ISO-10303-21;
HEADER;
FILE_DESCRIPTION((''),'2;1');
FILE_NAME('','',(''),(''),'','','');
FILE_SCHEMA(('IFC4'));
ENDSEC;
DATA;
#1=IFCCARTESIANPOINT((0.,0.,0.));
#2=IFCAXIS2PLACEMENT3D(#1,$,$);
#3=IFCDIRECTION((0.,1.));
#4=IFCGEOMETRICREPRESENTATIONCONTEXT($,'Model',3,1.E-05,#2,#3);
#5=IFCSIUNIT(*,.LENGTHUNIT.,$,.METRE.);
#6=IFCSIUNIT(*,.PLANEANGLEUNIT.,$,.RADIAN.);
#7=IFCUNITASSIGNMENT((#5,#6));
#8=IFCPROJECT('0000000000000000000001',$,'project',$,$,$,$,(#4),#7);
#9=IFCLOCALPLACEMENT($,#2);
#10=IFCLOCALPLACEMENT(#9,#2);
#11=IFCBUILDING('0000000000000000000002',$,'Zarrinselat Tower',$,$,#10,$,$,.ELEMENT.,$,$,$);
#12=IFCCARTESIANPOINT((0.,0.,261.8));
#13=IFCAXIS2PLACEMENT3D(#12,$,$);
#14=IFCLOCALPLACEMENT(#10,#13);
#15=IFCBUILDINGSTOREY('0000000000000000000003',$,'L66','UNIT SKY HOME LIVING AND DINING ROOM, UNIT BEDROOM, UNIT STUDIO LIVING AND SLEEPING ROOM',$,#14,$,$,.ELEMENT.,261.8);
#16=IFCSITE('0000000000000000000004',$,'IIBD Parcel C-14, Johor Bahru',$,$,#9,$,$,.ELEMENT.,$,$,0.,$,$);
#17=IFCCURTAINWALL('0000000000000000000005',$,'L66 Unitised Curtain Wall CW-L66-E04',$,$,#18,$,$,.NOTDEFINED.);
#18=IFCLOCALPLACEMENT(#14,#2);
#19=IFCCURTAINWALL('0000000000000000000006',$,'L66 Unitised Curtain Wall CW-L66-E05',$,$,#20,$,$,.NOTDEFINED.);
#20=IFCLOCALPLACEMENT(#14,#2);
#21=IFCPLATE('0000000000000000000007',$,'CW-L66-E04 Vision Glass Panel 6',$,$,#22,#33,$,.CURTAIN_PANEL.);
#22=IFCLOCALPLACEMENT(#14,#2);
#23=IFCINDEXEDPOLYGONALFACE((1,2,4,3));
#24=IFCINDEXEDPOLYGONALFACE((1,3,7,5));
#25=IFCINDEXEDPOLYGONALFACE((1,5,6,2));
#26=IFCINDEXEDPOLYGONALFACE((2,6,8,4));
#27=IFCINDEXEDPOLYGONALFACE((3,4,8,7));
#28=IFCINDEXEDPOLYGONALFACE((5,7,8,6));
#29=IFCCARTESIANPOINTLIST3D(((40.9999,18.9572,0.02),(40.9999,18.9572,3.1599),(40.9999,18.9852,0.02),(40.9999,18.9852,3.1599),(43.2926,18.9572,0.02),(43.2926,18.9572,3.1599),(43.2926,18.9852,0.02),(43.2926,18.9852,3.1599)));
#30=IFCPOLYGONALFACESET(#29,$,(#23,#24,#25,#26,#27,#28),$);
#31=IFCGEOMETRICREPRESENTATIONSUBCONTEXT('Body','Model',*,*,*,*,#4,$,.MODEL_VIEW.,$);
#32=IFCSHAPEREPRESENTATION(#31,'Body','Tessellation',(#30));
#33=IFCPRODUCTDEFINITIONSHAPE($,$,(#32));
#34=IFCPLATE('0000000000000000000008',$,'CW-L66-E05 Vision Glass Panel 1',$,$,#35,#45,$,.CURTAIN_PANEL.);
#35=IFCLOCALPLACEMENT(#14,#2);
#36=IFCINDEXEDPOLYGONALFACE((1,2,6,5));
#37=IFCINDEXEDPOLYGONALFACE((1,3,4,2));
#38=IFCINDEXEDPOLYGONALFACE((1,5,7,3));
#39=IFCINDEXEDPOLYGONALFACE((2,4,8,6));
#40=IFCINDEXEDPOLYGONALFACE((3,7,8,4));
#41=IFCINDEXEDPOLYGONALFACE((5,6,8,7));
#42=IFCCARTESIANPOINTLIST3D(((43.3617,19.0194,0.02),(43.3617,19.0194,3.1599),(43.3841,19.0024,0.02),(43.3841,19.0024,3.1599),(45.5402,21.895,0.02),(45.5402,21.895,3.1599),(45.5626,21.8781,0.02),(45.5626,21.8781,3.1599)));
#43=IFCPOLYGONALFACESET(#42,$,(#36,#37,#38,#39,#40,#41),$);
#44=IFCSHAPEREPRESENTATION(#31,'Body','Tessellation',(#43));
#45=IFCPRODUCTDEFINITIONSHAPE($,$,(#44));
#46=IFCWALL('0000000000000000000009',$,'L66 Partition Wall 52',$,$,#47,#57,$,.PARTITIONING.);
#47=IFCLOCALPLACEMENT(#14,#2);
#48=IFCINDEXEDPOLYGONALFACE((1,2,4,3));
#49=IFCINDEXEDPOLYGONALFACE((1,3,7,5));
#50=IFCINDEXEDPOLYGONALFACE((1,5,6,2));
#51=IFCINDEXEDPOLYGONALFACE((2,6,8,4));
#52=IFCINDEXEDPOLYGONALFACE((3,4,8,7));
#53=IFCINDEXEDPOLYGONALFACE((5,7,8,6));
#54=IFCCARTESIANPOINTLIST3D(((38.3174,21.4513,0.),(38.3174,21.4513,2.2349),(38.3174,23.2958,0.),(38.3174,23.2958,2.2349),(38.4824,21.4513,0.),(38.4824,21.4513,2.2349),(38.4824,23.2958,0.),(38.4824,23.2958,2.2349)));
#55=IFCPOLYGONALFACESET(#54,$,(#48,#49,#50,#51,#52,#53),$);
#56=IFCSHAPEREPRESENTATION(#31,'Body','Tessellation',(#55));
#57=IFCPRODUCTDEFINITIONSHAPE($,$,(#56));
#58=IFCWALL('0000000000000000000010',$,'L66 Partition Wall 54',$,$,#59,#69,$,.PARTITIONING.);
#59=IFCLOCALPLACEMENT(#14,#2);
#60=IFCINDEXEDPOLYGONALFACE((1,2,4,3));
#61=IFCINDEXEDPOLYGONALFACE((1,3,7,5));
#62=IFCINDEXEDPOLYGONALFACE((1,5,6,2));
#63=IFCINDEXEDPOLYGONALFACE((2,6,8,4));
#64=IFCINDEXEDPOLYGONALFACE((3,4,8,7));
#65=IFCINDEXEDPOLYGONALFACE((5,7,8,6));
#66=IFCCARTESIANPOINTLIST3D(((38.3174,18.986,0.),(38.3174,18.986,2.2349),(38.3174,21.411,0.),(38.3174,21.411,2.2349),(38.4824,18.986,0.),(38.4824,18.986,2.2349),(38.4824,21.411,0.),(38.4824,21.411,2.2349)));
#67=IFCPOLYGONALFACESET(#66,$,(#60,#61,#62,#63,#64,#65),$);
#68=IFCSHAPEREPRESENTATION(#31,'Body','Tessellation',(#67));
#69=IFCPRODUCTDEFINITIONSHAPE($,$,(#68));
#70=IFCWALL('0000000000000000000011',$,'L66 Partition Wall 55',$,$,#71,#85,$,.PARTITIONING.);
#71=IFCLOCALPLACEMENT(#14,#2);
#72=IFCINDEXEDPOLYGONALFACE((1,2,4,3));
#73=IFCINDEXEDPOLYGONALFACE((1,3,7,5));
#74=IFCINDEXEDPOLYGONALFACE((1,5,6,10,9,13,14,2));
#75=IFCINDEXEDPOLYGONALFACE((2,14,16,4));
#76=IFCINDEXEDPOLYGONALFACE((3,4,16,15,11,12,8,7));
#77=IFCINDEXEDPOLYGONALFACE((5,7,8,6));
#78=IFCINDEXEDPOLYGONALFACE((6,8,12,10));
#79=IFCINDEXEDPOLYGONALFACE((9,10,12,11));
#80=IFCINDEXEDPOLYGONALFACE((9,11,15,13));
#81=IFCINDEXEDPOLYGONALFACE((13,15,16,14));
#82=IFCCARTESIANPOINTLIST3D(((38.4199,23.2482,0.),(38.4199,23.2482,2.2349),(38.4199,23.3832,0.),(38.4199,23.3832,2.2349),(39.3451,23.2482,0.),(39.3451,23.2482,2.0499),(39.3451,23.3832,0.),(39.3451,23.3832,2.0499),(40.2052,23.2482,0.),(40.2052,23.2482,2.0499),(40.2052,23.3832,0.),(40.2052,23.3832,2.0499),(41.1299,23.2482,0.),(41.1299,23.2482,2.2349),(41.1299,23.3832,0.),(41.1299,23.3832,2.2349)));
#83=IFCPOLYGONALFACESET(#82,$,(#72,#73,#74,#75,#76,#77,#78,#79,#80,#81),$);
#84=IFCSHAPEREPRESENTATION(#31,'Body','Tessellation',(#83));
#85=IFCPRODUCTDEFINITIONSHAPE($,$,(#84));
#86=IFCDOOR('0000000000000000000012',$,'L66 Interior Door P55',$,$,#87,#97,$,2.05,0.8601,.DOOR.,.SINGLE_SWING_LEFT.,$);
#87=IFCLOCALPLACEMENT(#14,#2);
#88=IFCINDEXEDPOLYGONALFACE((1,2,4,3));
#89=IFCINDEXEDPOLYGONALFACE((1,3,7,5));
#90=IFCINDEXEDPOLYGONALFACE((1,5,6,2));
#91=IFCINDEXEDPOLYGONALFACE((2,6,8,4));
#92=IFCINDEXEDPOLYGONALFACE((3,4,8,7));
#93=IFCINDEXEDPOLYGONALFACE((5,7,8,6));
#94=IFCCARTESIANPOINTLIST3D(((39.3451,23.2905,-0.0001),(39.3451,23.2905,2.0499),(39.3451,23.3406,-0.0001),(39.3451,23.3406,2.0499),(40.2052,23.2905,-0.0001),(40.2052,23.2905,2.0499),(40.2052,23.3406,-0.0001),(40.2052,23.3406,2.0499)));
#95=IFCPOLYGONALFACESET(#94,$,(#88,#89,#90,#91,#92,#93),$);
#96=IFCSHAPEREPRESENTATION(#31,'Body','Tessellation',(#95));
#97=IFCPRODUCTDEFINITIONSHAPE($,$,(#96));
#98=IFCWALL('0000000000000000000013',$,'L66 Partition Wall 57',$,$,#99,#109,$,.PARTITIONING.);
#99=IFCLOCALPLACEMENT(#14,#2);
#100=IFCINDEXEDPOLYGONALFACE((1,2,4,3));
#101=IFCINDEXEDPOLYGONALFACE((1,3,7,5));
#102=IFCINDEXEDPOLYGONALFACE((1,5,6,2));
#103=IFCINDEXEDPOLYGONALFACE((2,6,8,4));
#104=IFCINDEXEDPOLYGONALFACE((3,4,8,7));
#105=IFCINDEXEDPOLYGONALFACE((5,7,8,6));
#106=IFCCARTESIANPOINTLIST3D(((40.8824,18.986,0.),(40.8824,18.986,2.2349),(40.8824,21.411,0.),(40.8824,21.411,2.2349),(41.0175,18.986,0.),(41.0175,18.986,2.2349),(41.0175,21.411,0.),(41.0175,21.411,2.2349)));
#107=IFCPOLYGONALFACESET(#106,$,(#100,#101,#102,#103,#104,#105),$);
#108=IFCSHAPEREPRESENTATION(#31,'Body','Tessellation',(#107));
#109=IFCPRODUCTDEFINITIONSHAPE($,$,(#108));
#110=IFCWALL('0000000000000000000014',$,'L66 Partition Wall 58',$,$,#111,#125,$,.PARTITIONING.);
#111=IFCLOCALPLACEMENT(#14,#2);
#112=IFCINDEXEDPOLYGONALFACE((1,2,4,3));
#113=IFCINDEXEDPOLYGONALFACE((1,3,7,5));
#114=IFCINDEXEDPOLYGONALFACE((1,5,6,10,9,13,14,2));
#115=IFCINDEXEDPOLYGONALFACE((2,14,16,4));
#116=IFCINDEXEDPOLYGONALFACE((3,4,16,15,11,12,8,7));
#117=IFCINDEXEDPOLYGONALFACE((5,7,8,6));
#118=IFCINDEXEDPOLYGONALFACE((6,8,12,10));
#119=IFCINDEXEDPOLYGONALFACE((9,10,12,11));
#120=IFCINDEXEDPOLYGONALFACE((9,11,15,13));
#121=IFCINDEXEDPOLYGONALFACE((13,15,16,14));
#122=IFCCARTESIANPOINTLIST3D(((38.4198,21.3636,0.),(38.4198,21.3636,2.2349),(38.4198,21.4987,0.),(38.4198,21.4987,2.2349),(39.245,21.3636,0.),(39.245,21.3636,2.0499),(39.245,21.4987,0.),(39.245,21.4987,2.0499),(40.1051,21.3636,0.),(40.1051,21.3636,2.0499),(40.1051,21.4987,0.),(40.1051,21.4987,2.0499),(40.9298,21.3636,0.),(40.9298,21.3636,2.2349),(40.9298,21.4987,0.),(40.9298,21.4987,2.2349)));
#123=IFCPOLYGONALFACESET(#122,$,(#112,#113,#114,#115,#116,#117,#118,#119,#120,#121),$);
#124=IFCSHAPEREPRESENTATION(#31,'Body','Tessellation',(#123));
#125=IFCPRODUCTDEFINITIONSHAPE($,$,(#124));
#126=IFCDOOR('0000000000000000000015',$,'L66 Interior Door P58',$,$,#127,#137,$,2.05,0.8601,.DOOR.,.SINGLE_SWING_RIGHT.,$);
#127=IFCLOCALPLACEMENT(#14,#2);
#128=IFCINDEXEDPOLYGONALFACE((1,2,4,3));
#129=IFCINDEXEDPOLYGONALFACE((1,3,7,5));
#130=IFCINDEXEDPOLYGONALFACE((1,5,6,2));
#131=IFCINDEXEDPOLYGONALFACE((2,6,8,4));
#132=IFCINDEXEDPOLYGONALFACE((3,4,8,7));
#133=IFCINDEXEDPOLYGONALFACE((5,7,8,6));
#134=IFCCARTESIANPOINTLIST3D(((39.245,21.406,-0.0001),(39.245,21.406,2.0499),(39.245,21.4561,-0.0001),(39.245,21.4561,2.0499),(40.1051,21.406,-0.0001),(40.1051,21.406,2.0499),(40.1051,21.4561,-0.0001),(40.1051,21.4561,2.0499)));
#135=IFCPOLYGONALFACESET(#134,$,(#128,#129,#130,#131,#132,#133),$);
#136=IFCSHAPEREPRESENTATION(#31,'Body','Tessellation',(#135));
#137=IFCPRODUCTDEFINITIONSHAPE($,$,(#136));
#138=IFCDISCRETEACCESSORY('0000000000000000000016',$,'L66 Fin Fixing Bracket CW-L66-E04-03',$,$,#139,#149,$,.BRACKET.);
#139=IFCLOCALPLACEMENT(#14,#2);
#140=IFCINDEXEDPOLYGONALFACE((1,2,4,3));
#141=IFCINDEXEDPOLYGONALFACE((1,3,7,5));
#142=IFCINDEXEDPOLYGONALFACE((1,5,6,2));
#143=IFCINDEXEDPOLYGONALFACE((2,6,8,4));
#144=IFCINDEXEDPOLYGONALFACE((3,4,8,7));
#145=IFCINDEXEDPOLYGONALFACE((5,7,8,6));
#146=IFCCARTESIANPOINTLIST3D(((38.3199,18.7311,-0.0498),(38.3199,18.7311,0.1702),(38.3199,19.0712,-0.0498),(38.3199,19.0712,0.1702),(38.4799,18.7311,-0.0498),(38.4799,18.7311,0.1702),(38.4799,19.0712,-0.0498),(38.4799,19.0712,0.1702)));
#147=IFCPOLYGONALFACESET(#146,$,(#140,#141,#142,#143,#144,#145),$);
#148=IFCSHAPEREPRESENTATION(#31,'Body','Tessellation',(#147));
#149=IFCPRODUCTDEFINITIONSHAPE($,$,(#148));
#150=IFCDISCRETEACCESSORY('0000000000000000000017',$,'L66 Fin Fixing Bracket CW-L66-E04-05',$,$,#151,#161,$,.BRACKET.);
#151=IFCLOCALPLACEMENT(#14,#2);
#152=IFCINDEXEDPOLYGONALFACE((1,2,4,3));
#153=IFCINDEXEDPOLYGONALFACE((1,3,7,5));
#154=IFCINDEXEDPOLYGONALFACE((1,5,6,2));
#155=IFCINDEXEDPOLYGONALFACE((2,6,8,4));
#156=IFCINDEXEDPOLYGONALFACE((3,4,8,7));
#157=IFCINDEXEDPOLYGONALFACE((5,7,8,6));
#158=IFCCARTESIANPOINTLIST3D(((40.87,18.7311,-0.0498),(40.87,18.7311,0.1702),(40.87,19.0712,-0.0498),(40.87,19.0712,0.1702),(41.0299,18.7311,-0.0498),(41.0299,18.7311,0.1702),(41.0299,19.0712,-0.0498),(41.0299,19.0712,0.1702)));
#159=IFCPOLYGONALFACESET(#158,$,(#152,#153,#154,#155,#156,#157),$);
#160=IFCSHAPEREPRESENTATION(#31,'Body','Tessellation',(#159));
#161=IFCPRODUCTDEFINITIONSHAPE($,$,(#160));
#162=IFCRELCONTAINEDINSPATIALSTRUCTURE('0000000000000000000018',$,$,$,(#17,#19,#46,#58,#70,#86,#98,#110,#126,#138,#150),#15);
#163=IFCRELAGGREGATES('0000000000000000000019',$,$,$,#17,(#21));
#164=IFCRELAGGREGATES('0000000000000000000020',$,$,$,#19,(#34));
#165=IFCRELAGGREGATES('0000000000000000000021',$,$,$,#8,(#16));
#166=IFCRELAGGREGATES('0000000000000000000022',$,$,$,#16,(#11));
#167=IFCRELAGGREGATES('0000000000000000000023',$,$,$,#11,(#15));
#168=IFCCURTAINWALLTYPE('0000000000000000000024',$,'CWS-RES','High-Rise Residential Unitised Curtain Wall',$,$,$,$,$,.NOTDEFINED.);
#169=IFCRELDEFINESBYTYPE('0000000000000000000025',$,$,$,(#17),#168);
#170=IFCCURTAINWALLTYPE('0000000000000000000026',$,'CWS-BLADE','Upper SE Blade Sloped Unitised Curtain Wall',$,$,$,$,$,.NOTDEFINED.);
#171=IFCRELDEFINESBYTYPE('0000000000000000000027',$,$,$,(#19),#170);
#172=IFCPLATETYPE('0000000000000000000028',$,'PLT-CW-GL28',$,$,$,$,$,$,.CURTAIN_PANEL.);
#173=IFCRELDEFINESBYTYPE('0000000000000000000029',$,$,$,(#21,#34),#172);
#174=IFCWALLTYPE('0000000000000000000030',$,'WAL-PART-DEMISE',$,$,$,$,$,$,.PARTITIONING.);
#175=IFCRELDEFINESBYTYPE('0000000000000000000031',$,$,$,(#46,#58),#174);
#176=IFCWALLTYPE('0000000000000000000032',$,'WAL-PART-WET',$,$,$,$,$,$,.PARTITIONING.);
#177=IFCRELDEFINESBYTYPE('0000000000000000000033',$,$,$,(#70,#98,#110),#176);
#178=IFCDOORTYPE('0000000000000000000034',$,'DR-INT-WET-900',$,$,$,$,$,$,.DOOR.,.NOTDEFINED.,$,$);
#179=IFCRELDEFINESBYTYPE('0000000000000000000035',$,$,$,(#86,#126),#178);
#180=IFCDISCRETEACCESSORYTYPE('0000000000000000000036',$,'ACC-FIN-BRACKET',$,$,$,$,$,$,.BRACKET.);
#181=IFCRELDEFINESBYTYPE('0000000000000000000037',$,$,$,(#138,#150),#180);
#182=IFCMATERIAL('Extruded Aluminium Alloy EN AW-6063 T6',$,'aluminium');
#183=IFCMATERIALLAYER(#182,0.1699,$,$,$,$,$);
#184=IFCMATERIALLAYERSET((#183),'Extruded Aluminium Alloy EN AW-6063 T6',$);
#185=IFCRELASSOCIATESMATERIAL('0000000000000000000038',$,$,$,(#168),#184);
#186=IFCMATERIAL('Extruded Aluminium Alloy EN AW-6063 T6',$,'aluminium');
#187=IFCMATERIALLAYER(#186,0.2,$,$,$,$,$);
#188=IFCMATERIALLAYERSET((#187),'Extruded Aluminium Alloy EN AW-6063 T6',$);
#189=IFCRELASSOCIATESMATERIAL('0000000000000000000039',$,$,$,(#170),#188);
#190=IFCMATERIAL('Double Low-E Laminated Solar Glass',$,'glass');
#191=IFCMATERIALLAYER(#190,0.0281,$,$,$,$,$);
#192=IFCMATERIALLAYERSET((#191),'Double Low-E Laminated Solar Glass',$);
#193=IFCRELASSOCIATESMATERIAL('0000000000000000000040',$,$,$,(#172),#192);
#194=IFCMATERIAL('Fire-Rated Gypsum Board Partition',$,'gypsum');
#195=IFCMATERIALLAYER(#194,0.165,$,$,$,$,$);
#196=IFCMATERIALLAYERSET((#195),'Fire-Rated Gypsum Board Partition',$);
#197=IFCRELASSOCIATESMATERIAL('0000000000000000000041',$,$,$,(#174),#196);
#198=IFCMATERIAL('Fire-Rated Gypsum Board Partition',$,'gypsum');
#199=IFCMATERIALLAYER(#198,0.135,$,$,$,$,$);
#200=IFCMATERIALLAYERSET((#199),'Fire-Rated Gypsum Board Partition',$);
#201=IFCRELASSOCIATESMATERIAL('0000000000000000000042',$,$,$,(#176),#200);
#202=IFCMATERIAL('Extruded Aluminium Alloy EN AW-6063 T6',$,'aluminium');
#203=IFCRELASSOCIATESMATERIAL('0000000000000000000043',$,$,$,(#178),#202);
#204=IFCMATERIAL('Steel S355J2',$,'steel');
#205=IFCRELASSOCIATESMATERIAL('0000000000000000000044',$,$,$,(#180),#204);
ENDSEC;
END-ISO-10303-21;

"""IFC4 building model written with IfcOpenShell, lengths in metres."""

from ifc_helpers import new_model, si_unit, direction, frame, frame_2d, origin, origin_2d, place, context, subcontext, project, spatial, rectangle, extrude, material, layer, layer_set, type_object, element, fill, aggregate, save


model = new_model("IFC4")

# Units and contexts
model_context = context("Model", 3, precision=1e-05, world=origin(), true_north=direction((0.0, 1.0)))
body_context = subcontext(model_context, "Body", "Model", "MODEL_VIEW")
ifc_project = project(units=[si_unit("LENGTHUNIT", "METRE"), si_unit("PLANEANGLEUNIT", "RADIAN")], contexts=[model_context])

# Site, building, storey
site_placement = place(None, origin())
site = spatial("IfcSite", under=ifc_project, at=site_placement, Name="IIBD Parcel C-14, Johor Bahru", CompositionType="ELEMENT", RefElevation=0.0)
building_placement = place(site_placement, origin())
building = spatial("IfcBuilding", under=site, at=building_placement, Name="Zarrinselat Tower", CompositionType="ELEMENT")
storey_placement = place(building_placement, frame((0.0, 0.0, 261.8)))
storey = spatial("IfcBuildingStorey", under=building, at=storey_placement, Name="L66", Description="UNIT SKY HOME LIVING AND DINING ROOM, UNIT BEDROOM, UNIT STUDIO LIVING AND SLEEPING ROOM", CompositionType="ELEMENT", Elevation=261.8)

# Curtain wall
ifc_material_1 = material(Name="Extruded Aluminium Alloy EN AW-6063 T6", Category="aluminium")
ifc_layer_1 = layer(ifc_material_1, 0.1699)
ifc_layer_set_1 = layer_set([ifc_layer_1], Name="Extruded Aluminium Alloy EN AW-6063 T6")
curtain_wall_type_1 = type_object("IfcCurtainWallType", Name="CWS-RES", Description="High-Rise Residential Unitised Curtain Wall", PredefinedType="NOTDEFINED", material=ifc_layer_set_1)
curtain_wall_1_placement = place(storey_placement, origin())
curtain_wall_1 = element("IfcCurtainWall", 1, at=curtain_wall_1_placement, inside=storey, type_object=curtain_wall_type_1, Name="L66 Unitised Curtain Wall CW-L66-E04", PredefinedType="NOTDEFINED")

# Curtain wall
ifc_material_2 = material(Name="Extruded Aluminium Alloy EN AW-6063 T6", Category="aluminium")
ifc_layer_2 = layer(ifc_material_2, 0.2)
ifc_layer_set_2 = layer_set([ifc_layer_2], Name="Extruded Aluminium Alloy EN AW-6063 T6")
curtain_wall_type_2 = type_object("IfcCurtainWallType", Name="CWS-BLADE", Description="Upper SE Blade Sloped Unitised Curtain Wall", PredefinedType="NOTDEFINED", material=ifc_layer_set_2)
curtain_wall_2_placement = place(storey_placement, origin())
curtain_wall_2 = element("IfcCurtainWall", 2, at=curtain_wall_2_placement, inside=storey, type_object=curtain_wall_type_2, Name="L66 Unitised Curtain Wall CW-L66-E05", PredefinedType="NOTDEFINED")

# Plates
ifc_material_3 = material(Name="Double Low-E Laminated Solar Glass", Category="glass")
ifc_layer_3 = layer(ifc_material_3, 0.0281)
ifc_layer_set_3 = layer_set([ifc_layer_3], Name="Double Low-E Laminated Solar Glass")
plate_type = type_object("IfcPlateType", Name="PLT-CW-GL28", PredefinedType="CURTAIN_PANEL", material=ifc_layer_set_3)
plate_1_placement = place(storey_placement, frame((42.1462, 18.9712, 0.02), z_axis=(0.0, 0.0, 1.0), x_axis=(1.0, 0.0, 0.0)))
plate_1 = element("IfcPlate", 3, at=plate_1_placement, type_object=plate_type, Name="CW-L66-E04 Vision Glass Panel 6", PredefinedType="CURTAIN_PANEL", context=body_context, shape_type="SweptSolid", body=[
    extrude(rectangle(XDim=2.2927, YDim=0.0281, at=origin_2d()), origin(), (0.0, 0.0, 1.0), 3.1399),
])
aggregate(curtain_wall_1, [plate_1])
plate_2_placement = place(storey_placement, frame((44.4622, 20.4487, 0.02), z_axis=(0.0, 0.0, 1.0), x_axis=(0.60386, 0.797091, 0.0)))
plate_2 = element("IfcPlate", 4, at=plate_2_placement, type_object=plate_type, Name="CW-L66-E05 Vision Glass Panel 1", PredefinedType="CURTAIN_PANEL", context=body_context, shape_type="SweptSolid", body=[
    extrude(rectangle(XDim=3.6077, YDim=0.0281, at=origin_2d()), origin(), (0.0, 0.0, 1.0), 3.1399),
])
aggregate(curtain_wall_2, [plate_2])

# Walls
ifc_material_4 = material(Name="Fire-Rated Gypsum Board Partition", Category="gypsum")
ifc_layer_4 = layer(ifc_material_4, 0.165)
ifc_layer_set_4 = layer_set([ifc_layer_4], Name="Fire-Rated Gypsum Board Partition")
wall_type_1 = type_object("IfcWallType", Name="WAL-PART-DEMISE", PredefinedType="PARTITIONING", material=ifc_layer_set_4)
wall_1_placement = place(storey_placement, frame((38.3999, 21.4512, 0.0), z_axis=(0.0, 0.0, 1.0), x_axis=(0.0, 1.0, 0.0)))
element("IfcWall", 5, at=wall_1_placement, inside=storey, type_object=wall_type_1, Name="L66 Partition Wall 52", PredefinedType="PARTITIONING", context=body_context, shape_type="SweptSolid", body=[
    extrude(rectangle(XDim=1.8445, YDim=0.165, at=frame_2d((0.9224, 0.0))), origin(), (0.0, 0.0, 1.0), 2.2349),
])
wall_2_placement = place(storey_placement, frame((38.3999, 18.9861, 0.0), z_axis=(0.0, 0.0, 1.0), x_axis=(0.0, 1.0, 0.0)))
element("IfcWall", 6, at=wall_2_placement, inside=storey, type_object=wall_type_1, Name="L66 Partition Wall 54", PredefinedType="PARTITIONING", context=body_context, shape_type="SweptSolid", body=[
    extrude(rectangle(XDim=2.425, YDim=0.165, at=frame_2d((1.2124, 0.0))), origin(), (0.0, 0.0, 1.0), 2.2349),
])

# Wall, opening, door
ifc_material_5 = material(Name="Fire-Rated Gypsum Board Partition", Category="gypsum")
ifc_layer_5 = layer(ifc_material_5, 0.135)
ifc_layer_set_5 = layer_set([ifc_layer_5], Name="Fire-Rated Gypsum Board Partition")
wall_type_2 = type_object("IfcWallType", Name="WAL-PART-WET", PredefinedType="PARTITIONING", material=ifc_layer_set_5)
wall_3_placement = place(storey_placement, frame((38.4199, 23.3157, 0.0), z_axis=(0.0, 0.0, 1.0), x_axis=(1.0, 0.0, 0.0)))
wall_3 = element("IfcWall", 7, at=wall_3_placement, inside=storey, type_object=wall_type_2, Name="L66 Partition Wall 55", PredefinedType="PARTITIONING", context=body_context, shape_type="SweptSolid", body=[
    extrude(rectangle(XDim=2.71, YDim=0.135, at=frame_2d((1.355, 0.0))), origin(), (0.0, 0.0, 1.0), 2.2349),
])
opening_1_placement = place(wall_3_placement, frame((0.925, 0.0, 0.0)))
opening_1 = element("IfcOpeningElement", 8, at=opening_1_placement, cuts=wall_3, PredefinedType="OPENING", context=body_context, shape_type="SweptSolid", body=[
    extrude(rectangle(XDim=0.8601, YDim=2.05, at=frame_2d((0.4302, 1.0249))), frame((0.0, 0.0774, 0.0), z_axis=(0.0, -1.0, 0.0), x_axis=(1.0, 0.0, 0.0)), (0.0, 0.0, 1.0), 0.155),
])
ifc_material_6 = material(Name="Extruded Aluminium Alloy EN AW-6063 T6", Category="aluminium")
door_type = type_object("IfcDoorType", Name="DR-INT-WET-900", OperationType="NOTDEFINED", PredefinedType="DOOR", material=ifc_material_6)
door_1_placement = place(opening_1_placement, origin())
door_1 = element("IfcDoor", 9, at=door_1_placement, inside=storey, type_object=door_type, Name="L66 Interior Door P55", OperationType="SINGLE_SWING_LEFT", OverallHeight=2.05, OverallWidth=0.8601, PredefinedType="DOOR", context=body_context, shape_type="SweptSolid", body=[
    extrude(rectangle(XDim=0.8601, YDim=2.05, at=frame_2d((0.4302, 1.0249))), frame((0.0, 0.0249, 0.0), z_axis=(0.0, -1.0, 0.0), x_axis=(1.0, 0.0, 0.0)), (0.0, 0.0, 1.0), 0.05),
])
fill(opening_1, door_1)

# Wall
wall_4_placement = place(storey_placement, frame((40.95, 18.9861, 0.0), z_axis=(0.0, 0.0, 1.0), x_axis=(0.0, 1.0, 0.0)))
element("IfcWall", 10, at=wall_4_placement, inside=storey, type_object=wall_type_2, Name="L66 Partition Wall 57", PredefinedType="PARTITIONING", context=body_context, shape_type="SweptSolid", body=[
    extrude(rectangle(XDim=2.425, YDim=0.135, at=frame_2d((1.2124, 0.0))), origin(), (0.0, 0.0, 1.0), 2.2349),
])

# Wall, opening, door
wall_5_placement = place(storey_placement, frame((38.4199, 21.4312, 0.0), z_axis=(0.0, 0.0, 1.0), x_axis=(1.0, 0.0, 0.0)))
wall_5 = element("IfcWall", 11, at=wall_5_placement, inside=storey, type_object=wall_type_2, Name="L66 Partition Wall 58", PredefinedType="PARTITIONING", context=body_context, shape_type="SweptSolid", body=[
    extrude(rectangle(XDim=2.51, YDim=0.135, at=frame_2d((1.2549, 0.0))), origin(), (0.0, 0.0, 1.0), 2.2349),
])
opening_2_placement = place(wall_5_placement, frame((0.825, 0.0, 0.0)))
opening_2 = element("IfcOpeningElement", 12, at=opening_2_placement, cuts=wall_5, PredefinedType="OPENING", context=body_context, shape_type="SweptSolid", body=[
    extrude(rectangle(XDim=0.8601, YDim=2.05, at=frame_2d((0.4302, 1.0249))), frame((0.0, 0.0774, 0.0), z_axis=(0.0, -1.0, 0.0), x_axis=(1.0, 0.0, 0.0)), (0.0, 0.0, 1.0), 0.155),
])
door_2_placement = place(opening_2_placement, origin())
door_2 = element("IfcDoor", 13, at=door_2_placement, inside=storey, type_object=door_type, Name="L66 Interior Door P58", OperationType="SINGLE_SWING_RIGHT", OverallHeight=2.05, OverallWidth=0.8601, PredefinedType="DOOR", context=body_context, shape_type="SweptSolid", body=[
    extrude(rectangle(XDim=0.8601, YDim=2.05, at=frame_2d((0.4302, 1.0249))), frame((0.0, 0.0249, 0.0), z_axis=(0.0, -1.0, 0.0), x_axis=(1.0, 0.0, 0.0)), (0.0, 0.0, 1.0), 0.05),
])
fill(opening_2, door_2)

# Discrete accessories
ifc_material_7 = material(Name="Steel S355J2", Category="steel")
discrete_accessory_type = type_object("IfcDiscreteAccessoryType", Name="ACC-FIN-BRACKET", PredefinedType="BRACKET", material=ifc_material_7)
for number, where, z_axis, x_axis, name in (
    (14, (38.3999, 18.9011, -0.0498), (0.0, 0.0, 1.0), (0.0, -1.0, 0.0), "L66 Fin Fixing Bracket CW-L66-E04-03"),
    (15, (40.95, 18.9011, -0.0498), (0.0, 0.0, 1.0), (0.0, -1.0, 0.0), "L66 Fin Fixing Bracket CW-L66-E04-05"),
):
    element("IfcDiscreteAccessory", number, at=place(storey_placement, frame(where, z_axis=z_axis, x_axis=x_axis)), inside=storey, type_object=discrete_accessory_type, Name=name, PredefinedType="BRACKET", context=body_context, shape_type="SweptSolid", body=[
        extrude(rectangle(XDim=0.3401, YDim=0.1599, at=origin_2d()), origin(), (0.0, 0.0, 1.0), 0.22),
    ])

save(model, "model.ifc")
